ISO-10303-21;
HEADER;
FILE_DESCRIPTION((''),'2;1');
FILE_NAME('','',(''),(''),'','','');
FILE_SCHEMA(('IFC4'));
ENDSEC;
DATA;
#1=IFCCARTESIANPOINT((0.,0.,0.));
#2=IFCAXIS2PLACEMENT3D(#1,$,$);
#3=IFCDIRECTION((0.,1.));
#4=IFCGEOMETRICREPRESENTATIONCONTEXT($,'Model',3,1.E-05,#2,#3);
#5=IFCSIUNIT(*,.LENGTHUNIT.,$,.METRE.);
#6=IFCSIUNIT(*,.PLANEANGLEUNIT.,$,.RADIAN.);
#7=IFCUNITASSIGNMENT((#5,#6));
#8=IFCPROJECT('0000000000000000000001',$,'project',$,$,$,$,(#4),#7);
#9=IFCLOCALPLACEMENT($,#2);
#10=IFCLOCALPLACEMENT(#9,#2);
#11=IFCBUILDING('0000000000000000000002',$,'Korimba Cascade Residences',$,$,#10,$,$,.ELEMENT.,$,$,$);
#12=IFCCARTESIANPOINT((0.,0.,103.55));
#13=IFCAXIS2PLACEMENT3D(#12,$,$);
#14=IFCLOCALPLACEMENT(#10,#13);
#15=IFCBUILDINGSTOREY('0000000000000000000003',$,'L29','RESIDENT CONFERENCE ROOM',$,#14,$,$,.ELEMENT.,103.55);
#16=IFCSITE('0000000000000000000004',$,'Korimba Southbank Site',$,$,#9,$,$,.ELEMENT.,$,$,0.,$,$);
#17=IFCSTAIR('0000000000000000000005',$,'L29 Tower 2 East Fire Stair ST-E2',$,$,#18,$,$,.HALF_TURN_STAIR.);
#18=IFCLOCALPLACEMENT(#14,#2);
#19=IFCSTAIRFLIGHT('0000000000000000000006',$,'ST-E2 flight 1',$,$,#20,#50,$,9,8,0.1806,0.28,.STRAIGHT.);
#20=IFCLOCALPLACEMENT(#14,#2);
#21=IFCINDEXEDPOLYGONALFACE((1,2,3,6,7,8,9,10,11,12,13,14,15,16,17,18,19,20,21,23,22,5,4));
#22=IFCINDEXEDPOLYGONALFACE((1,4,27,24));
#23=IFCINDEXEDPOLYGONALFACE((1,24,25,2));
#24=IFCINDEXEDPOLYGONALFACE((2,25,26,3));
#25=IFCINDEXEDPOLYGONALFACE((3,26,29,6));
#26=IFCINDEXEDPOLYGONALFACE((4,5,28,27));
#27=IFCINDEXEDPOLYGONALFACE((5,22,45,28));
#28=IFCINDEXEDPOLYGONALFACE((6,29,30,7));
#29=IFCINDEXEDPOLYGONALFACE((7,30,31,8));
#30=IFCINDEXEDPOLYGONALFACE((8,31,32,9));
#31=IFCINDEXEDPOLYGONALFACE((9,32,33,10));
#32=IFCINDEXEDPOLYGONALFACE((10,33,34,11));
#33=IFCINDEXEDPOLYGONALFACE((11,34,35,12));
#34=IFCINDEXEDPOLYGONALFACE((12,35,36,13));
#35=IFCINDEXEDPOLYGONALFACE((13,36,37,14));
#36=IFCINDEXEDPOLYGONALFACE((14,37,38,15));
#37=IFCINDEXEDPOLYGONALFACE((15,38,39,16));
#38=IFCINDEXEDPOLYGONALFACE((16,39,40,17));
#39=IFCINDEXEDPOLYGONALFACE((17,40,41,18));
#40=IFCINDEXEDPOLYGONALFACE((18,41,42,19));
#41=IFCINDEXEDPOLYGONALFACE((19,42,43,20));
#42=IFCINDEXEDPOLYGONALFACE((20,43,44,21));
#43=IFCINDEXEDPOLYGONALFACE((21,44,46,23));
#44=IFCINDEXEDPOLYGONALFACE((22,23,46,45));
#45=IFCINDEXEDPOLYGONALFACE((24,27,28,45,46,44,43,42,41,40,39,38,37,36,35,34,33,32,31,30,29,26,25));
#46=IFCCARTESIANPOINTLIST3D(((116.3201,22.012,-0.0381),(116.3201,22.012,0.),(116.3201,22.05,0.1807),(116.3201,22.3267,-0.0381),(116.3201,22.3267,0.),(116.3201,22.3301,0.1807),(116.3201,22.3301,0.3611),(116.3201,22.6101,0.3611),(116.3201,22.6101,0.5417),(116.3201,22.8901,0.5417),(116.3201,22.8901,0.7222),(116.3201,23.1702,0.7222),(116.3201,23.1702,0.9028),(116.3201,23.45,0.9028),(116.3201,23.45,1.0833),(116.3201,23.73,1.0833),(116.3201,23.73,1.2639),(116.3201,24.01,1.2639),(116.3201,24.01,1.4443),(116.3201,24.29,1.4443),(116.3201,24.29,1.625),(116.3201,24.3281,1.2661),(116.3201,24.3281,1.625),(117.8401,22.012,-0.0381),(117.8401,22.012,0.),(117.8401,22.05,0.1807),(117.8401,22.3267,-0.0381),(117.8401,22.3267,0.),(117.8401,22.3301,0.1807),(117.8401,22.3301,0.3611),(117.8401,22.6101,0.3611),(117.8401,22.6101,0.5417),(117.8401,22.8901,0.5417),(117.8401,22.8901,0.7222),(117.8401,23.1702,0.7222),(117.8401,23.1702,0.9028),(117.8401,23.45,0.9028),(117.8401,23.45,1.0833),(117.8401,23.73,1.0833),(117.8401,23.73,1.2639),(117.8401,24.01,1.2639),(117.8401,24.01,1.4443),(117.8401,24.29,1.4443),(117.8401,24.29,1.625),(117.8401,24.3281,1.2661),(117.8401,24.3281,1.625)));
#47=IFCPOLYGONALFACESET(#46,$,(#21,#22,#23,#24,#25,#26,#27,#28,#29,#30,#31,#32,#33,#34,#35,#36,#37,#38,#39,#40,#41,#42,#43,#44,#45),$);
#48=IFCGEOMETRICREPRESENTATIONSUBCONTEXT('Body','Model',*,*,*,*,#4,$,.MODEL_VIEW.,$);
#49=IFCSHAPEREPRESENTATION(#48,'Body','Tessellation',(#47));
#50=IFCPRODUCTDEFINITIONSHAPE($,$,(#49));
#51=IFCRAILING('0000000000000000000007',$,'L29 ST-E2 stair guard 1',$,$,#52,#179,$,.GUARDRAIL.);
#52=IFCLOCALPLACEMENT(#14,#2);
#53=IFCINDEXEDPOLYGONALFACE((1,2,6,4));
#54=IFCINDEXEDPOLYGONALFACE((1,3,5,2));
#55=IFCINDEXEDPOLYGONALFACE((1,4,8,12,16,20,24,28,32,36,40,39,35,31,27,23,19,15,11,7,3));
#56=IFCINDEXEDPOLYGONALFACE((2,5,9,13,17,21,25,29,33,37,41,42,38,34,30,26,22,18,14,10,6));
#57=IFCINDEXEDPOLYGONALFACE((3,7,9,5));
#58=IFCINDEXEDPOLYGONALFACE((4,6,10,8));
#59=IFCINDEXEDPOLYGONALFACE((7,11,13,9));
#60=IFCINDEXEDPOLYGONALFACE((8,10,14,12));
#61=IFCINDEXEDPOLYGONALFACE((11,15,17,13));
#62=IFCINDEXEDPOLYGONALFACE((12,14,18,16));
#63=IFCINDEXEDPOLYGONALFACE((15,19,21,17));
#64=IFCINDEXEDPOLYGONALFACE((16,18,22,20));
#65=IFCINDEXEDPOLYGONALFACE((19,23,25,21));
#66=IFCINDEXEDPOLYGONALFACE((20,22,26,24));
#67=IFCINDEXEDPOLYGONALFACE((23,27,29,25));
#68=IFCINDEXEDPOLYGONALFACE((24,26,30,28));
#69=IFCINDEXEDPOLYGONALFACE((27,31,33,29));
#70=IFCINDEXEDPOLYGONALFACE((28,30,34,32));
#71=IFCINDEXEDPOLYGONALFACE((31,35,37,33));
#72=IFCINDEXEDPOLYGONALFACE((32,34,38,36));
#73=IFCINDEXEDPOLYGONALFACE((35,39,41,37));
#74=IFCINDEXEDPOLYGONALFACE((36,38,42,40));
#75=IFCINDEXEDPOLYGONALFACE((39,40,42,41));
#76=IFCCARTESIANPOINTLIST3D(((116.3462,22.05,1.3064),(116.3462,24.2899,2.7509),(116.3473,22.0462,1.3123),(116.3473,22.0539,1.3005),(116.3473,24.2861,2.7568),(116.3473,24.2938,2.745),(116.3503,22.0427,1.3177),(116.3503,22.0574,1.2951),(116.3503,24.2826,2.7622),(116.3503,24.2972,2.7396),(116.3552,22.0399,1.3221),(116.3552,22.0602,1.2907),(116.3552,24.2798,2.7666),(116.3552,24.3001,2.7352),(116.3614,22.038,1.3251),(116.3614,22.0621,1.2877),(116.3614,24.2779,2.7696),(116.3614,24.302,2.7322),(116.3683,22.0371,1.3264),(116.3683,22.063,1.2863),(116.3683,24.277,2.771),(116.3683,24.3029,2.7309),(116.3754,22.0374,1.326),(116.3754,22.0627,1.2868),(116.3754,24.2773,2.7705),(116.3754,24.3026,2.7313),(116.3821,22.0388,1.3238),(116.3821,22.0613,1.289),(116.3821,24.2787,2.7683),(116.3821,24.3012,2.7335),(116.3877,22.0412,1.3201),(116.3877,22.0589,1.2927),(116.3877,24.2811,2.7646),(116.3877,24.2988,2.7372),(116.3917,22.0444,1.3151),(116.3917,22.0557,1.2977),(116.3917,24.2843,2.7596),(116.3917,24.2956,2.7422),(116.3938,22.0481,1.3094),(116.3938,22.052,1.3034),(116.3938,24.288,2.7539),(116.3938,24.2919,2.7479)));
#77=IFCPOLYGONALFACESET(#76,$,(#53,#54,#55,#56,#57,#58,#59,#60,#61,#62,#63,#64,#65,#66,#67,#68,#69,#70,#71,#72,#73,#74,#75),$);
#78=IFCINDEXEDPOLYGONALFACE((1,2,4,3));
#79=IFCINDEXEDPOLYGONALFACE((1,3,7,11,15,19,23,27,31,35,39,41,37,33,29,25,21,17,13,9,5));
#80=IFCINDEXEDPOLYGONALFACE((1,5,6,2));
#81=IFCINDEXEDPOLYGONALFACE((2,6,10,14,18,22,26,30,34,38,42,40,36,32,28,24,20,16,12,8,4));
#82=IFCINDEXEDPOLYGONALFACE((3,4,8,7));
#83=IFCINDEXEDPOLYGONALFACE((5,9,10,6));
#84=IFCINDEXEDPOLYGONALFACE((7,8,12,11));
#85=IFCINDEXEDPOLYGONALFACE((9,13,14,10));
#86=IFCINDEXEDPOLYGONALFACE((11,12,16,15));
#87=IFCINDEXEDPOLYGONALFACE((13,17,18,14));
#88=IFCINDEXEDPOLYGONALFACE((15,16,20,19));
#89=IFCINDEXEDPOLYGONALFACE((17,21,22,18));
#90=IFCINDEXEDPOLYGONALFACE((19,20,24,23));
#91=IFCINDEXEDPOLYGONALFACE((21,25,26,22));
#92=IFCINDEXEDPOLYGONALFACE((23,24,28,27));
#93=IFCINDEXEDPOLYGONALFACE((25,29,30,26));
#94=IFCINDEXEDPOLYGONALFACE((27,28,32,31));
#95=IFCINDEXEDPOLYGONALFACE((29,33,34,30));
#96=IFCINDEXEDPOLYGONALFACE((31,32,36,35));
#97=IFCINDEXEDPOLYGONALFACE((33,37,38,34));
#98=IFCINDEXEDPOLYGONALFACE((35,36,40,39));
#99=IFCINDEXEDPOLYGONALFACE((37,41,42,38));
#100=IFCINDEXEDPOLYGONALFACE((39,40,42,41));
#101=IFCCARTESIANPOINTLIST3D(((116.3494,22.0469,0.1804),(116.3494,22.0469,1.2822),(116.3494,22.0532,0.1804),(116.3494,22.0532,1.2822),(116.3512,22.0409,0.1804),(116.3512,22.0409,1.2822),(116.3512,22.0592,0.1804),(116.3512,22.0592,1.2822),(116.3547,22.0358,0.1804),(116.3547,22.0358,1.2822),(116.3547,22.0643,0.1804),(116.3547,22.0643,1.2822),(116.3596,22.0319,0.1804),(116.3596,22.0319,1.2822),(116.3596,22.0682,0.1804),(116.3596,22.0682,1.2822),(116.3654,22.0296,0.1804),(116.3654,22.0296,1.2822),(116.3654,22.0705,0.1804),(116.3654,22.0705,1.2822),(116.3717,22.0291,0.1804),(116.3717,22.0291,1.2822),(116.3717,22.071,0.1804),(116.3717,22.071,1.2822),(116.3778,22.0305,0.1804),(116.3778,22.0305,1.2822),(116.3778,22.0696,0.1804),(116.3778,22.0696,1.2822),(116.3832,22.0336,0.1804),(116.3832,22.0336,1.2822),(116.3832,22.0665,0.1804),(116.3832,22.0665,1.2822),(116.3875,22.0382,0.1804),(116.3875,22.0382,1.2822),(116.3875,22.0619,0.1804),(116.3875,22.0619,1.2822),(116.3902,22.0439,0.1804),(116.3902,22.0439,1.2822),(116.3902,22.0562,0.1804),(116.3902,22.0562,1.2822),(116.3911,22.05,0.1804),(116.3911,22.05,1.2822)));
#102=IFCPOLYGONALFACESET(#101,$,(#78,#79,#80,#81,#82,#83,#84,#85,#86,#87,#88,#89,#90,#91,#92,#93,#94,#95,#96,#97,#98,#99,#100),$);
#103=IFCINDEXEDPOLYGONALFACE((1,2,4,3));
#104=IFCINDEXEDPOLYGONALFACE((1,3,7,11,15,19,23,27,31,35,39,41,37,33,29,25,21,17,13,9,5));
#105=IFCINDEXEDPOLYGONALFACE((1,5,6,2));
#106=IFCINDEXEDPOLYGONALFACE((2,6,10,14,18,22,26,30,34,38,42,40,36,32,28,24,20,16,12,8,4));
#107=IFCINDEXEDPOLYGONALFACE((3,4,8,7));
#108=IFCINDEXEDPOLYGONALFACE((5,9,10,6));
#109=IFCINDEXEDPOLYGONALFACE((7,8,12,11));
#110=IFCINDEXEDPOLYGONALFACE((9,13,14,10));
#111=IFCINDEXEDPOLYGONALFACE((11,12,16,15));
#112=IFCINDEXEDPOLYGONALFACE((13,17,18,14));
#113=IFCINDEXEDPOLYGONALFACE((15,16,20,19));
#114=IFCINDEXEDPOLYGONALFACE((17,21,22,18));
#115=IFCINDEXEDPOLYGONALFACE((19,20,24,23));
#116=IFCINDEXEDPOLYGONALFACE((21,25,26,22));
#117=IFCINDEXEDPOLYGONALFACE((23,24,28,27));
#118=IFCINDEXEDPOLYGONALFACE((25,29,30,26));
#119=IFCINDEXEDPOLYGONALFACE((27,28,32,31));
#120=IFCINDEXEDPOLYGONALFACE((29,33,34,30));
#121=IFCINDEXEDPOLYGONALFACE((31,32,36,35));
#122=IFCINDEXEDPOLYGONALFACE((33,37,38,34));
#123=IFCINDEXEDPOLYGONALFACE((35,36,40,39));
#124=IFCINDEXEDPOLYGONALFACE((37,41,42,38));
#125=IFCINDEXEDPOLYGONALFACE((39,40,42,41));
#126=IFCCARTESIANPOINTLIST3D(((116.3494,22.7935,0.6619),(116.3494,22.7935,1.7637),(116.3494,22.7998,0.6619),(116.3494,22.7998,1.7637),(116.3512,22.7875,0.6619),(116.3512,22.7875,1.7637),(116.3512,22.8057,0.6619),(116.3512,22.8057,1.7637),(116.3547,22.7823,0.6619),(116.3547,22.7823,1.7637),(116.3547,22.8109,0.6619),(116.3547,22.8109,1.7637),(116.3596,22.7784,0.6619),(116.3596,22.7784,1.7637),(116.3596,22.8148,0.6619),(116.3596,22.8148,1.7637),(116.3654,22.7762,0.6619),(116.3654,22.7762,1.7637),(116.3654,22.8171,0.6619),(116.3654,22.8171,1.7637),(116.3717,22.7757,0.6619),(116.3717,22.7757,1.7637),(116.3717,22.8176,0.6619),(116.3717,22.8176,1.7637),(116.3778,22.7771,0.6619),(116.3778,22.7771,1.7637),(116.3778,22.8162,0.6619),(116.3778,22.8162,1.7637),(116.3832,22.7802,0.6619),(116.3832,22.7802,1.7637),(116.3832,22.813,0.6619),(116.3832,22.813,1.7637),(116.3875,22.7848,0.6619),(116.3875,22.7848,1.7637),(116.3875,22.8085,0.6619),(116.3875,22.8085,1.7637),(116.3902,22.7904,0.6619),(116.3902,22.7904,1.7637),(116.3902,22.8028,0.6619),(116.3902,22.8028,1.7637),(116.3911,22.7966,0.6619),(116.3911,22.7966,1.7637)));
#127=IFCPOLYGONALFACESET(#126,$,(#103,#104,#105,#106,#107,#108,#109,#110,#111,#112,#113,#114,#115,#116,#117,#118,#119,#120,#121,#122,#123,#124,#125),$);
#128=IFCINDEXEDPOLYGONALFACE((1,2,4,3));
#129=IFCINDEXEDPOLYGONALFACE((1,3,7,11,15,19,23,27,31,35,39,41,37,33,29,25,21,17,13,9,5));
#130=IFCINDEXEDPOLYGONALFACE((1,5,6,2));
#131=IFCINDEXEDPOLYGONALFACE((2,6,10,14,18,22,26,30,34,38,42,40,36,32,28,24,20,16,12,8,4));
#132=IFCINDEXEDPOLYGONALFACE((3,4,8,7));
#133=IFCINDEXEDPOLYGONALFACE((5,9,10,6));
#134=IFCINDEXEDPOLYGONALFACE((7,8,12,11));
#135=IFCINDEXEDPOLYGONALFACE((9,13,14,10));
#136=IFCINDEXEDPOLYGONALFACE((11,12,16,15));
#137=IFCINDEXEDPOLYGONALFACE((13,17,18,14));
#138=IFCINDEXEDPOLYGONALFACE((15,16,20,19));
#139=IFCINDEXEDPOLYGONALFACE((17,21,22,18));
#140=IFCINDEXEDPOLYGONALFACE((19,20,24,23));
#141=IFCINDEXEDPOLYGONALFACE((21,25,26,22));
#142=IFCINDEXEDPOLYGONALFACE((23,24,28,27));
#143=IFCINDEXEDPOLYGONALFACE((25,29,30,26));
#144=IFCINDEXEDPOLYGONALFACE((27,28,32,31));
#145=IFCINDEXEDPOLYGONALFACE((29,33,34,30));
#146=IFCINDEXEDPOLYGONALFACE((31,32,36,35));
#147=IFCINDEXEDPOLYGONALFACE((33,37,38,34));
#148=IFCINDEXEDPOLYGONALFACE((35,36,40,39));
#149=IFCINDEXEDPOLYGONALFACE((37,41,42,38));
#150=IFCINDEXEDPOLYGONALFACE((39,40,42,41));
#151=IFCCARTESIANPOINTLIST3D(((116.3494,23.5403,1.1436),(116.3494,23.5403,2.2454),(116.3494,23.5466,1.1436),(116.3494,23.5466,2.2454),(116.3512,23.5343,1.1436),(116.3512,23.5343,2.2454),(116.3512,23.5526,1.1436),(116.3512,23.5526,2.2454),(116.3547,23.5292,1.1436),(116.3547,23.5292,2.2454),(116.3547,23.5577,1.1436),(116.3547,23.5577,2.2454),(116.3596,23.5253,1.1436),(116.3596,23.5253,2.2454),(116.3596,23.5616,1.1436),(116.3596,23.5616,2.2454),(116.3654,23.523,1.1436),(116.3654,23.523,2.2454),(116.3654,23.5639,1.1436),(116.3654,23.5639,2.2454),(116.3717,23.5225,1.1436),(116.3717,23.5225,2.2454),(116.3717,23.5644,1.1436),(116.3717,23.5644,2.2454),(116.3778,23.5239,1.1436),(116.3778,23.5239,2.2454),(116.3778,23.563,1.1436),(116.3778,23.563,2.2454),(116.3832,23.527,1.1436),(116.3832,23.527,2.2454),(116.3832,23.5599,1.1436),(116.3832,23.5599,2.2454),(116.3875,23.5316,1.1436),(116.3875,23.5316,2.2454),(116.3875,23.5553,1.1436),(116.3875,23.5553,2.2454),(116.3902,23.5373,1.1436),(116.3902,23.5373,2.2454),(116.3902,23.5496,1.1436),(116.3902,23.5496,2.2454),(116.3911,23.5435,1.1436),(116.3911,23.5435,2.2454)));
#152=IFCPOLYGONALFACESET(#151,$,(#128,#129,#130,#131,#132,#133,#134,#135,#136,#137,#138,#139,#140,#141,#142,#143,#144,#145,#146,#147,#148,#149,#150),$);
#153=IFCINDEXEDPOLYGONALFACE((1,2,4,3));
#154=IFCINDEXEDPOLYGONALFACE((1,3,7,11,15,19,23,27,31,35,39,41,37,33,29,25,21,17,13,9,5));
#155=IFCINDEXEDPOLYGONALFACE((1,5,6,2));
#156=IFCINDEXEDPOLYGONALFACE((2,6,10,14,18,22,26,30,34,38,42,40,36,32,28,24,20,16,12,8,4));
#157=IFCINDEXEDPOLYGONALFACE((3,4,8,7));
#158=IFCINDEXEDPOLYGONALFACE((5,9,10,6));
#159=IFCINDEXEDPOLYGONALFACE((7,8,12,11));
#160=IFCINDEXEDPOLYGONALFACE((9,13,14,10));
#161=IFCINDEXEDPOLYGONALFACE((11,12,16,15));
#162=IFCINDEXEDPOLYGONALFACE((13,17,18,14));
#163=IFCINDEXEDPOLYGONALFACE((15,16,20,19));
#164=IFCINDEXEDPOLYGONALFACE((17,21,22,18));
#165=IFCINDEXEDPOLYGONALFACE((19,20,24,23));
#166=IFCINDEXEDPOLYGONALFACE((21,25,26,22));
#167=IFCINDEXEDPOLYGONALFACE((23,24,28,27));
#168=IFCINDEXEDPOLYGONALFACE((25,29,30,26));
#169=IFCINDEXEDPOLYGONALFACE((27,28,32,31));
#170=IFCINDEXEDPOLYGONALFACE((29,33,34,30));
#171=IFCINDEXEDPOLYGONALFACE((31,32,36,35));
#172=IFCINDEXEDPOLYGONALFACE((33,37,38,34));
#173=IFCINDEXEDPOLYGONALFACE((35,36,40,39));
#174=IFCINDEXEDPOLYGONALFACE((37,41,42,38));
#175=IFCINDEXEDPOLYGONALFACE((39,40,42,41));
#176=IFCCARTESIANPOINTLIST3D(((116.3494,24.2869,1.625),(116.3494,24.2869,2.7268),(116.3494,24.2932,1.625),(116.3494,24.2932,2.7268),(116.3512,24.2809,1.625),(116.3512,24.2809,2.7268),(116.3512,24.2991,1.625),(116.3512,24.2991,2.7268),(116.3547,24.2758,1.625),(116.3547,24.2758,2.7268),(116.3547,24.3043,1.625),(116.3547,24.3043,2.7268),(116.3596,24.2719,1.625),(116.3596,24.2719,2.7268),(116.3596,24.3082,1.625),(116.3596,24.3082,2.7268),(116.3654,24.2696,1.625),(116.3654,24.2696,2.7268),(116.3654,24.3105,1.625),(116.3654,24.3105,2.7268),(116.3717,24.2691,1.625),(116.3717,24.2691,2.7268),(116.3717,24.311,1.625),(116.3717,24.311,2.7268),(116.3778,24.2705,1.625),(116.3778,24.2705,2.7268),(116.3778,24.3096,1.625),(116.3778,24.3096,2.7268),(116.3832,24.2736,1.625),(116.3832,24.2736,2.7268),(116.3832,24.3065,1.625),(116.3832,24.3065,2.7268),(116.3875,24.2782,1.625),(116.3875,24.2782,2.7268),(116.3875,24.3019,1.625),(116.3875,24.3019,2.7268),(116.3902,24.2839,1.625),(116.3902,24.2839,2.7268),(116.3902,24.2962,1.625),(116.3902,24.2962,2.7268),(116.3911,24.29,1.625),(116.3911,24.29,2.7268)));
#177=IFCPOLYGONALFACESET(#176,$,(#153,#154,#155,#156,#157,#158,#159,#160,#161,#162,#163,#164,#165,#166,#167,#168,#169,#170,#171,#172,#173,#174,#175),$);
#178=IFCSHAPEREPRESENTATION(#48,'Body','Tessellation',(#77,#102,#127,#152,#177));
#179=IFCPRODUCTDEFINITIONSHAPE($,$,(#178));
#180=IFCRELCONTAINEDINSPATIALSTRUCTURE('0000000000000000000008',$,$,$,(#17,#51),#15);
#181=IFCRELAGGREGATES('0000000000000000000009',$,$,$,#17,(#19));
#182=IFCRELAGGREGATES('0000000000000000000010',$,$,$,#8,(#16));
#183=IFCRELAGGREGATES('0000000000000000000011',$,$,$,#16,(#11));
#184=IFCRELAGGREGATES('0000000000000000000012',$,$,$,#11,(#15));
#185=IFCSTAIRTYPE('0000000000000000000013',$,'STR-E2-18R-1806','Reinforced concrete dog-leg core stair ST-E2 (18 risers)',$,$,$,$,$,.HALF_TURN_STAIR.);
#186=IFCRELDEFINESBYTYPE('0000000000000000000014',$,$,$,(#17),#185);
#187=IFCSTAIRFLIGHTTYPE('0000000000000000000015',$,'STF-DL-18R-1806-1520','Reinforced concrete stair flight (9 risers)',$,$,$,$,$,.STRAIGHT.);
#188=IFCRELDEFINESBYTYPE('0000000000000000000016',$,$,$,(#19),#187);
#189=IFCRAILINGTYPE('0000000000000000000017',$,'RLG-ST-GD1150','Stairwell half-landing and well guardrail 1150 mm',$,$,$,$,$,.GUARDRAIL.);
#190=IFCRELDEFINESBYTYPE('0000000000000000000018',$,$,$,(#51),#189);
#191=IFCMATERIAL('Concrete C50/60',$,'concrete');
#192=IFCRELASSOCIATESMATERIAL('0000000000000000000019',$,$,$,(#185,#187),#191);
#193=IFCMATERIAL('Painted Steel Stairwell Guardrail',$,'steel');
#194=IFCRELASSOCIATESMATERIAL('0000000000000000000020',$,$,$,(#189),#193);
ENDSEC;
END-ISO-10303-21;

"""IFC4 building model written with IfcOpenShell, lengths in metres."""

from ifc_helpers import new_model, si_unit, direction, frame, origin, origin_2d, place, context, subcontext, project, spatial, polyline, circle, outline, extrude, material, type_object, element, aggregate, save


model = new_model("IFC4")

# Units and contexts
model_context = context("Model", 3, precision=1e-05, world=origin(), true_north=direction((0.0, 1.0)))
body_context = subcontext(model_context, "Body", "Model", "MODEL_VIEW")
ifc_project = project(units=[si_unit("LENGTHUNIT", "METRE"), si_unit("PLANEANGLEUNIT", "RADIAN")], contexts=[model_context])

# Site, building, storey
site_placement = place(None, origin())
site = spatial("IfcSite", under=ifc_project, at=site_placement, Name="Korimba Southbank Site", CompositionType="ELEMENT", RefElevation=0.0)
building_placement = place(site_placement, origin())
building = spatial("IfcBuilding", under=site, at=building_placement, Name="Korimba Cascade Residences", CompositionType="ELEMENT")
storey_placement = place(building_placement, frame((0.0, 0.0, 103.55)))
storey = spatial("IfcBuildingStorey", under=building, at=storey_placement, Name="L29", Description="RESIDENT CONFERENCE ROOM", CompositionType="ELEMENT", Elevation=103.55)

# Stair, stair flight
ifc_material_1 = material(Name="Concrete C50/60", Category="concrete")
stair_type = type_object("IfcStairType", Name="STR-E2-18R-1806", Description="Reinforced concrete dog-leg core stair ST-E2 (18 risers)", PredefinedType="HALF_TURN_STAIR", material=ifc_material_1)
stair_placement = place(storey_placement, origin())
stair = element("IfcStair", 1, at=stair_placement, inside=storey, type_object=stair_type, Name="L29 Tower 2 East Fire Stair ST-E2", PredefinedType="HALF_TURN_STAIR")
stair_flight_type = type_object("IfcStairFlightType", Name="STF-DL-18R-1806-1520", Description="Reinforced concrete stair flight (9 risers)", PredefinedType="STRAIGHT", material=ifc_material_1)
stair_flight_placement = place(storey_placement, frame((117.0801, 22.05, 0.0), z_axis=(0.0, 0.0, 1.0), x_axis=(0.0, 1.0, 0.0)))
stair_flight = element("IfcStairFlight", 2, at=stair_flight_placement, type_object=stair_flight_type, Name="ST-E2 flight 1", NumberOfRisers=9, NumberOfTreads=8, PredefinedType="STRAIGHT", RiserHeight=0.1806, TreadLength=0.28, context=body_context, shape_type="SweptSolid", body=[
    extrude(outline(polyline([(-0.0381, 0.0), (0.0, 0.1807), (0.28, 0.1807), (0.28, 0.3611), (0.5601, 0.3611), (0.5601, 0.5417), (0.8401, 0.5417), (0.8401, 0.7222), (1.1201, 0.7222), (1.1201, 0.9028), (1.3999, 0.9028), (1.3999, 1.0833), (1.6799, 1.0833), (1.6799, 1.2639), (1.96, 1.2639), (1.96, 1.4443), (2.24, 1.4443), (2.24, 1.625), (2.2781, 1.625), (2.2781, 1.2661), (0.2766, 0.0), (0.2766, -0.0381), (-0.0381, -0.0381), (-0.0381, 0.0)])), frame((0.0, 0.76, 0.0), z_axis=(0.0, -1.0, 0.0), x_axis=(1.0, 0.0, 0.0)), (0.0, 0.0, 1.0), 1.52),
])
aggregate(stair, [stair_flight])

# Railing
ifc_material_2 = material(Name="Painted Steel Stairwell Guardrail", Category="steel")
railing_type_1 = type_object("IfcRailingType", Name="RLG-ST-GD1150", Description="Stairwell half-landing and well guardrail 1150 mm", PredefinedType="GUARDRAIL", material=ifc_material_2)
railing_1_placement = place(storey_placement, frame((116.3701, 22.05, 0.1804)))
element("IfcRailing", 3, at=railing_1_placement, inside=storey, type_object=railing_type_1, Name="L29 ST-E2 stair guard 1", PredefinedType="GUARDRAIL", context=body_context, shape_type="SweptSolid", body=[
    extrude(circle(Radius=0.0239, at=origin_2d()), frame((0.0, 0.0, 1.126), z_axis=(0.0, 0.840395, 0.541975), x_axis=(-1.0, 0.0, 0.0)), (0.0, 0.0, 1.0), 2.6653),
    extrude(circle(Radius=0.021, at=origin_2d()), origin(), (0.0, 0.0, 1.0), 1.1018),
    extrude(circle(Radius=0.021, at=origin_2d()), frame((0.0, 0.7466, 0.4814)), (0.0, 0.0, 1.0), 1.1018),
    extrude(circle(Radius=0.021, at=origin_2d()), frame((0.0, 1.4934, 0.9631)), (0.0, 0.0, 1.0), 1.1018),
    extrude(circle(Radius=0.021, at=origin_2d()), frame((0.0, 2.24, 1.4446)), (0.0, 0.0, 1.0), 1.1018),
])

save(model, "model.ifc")
